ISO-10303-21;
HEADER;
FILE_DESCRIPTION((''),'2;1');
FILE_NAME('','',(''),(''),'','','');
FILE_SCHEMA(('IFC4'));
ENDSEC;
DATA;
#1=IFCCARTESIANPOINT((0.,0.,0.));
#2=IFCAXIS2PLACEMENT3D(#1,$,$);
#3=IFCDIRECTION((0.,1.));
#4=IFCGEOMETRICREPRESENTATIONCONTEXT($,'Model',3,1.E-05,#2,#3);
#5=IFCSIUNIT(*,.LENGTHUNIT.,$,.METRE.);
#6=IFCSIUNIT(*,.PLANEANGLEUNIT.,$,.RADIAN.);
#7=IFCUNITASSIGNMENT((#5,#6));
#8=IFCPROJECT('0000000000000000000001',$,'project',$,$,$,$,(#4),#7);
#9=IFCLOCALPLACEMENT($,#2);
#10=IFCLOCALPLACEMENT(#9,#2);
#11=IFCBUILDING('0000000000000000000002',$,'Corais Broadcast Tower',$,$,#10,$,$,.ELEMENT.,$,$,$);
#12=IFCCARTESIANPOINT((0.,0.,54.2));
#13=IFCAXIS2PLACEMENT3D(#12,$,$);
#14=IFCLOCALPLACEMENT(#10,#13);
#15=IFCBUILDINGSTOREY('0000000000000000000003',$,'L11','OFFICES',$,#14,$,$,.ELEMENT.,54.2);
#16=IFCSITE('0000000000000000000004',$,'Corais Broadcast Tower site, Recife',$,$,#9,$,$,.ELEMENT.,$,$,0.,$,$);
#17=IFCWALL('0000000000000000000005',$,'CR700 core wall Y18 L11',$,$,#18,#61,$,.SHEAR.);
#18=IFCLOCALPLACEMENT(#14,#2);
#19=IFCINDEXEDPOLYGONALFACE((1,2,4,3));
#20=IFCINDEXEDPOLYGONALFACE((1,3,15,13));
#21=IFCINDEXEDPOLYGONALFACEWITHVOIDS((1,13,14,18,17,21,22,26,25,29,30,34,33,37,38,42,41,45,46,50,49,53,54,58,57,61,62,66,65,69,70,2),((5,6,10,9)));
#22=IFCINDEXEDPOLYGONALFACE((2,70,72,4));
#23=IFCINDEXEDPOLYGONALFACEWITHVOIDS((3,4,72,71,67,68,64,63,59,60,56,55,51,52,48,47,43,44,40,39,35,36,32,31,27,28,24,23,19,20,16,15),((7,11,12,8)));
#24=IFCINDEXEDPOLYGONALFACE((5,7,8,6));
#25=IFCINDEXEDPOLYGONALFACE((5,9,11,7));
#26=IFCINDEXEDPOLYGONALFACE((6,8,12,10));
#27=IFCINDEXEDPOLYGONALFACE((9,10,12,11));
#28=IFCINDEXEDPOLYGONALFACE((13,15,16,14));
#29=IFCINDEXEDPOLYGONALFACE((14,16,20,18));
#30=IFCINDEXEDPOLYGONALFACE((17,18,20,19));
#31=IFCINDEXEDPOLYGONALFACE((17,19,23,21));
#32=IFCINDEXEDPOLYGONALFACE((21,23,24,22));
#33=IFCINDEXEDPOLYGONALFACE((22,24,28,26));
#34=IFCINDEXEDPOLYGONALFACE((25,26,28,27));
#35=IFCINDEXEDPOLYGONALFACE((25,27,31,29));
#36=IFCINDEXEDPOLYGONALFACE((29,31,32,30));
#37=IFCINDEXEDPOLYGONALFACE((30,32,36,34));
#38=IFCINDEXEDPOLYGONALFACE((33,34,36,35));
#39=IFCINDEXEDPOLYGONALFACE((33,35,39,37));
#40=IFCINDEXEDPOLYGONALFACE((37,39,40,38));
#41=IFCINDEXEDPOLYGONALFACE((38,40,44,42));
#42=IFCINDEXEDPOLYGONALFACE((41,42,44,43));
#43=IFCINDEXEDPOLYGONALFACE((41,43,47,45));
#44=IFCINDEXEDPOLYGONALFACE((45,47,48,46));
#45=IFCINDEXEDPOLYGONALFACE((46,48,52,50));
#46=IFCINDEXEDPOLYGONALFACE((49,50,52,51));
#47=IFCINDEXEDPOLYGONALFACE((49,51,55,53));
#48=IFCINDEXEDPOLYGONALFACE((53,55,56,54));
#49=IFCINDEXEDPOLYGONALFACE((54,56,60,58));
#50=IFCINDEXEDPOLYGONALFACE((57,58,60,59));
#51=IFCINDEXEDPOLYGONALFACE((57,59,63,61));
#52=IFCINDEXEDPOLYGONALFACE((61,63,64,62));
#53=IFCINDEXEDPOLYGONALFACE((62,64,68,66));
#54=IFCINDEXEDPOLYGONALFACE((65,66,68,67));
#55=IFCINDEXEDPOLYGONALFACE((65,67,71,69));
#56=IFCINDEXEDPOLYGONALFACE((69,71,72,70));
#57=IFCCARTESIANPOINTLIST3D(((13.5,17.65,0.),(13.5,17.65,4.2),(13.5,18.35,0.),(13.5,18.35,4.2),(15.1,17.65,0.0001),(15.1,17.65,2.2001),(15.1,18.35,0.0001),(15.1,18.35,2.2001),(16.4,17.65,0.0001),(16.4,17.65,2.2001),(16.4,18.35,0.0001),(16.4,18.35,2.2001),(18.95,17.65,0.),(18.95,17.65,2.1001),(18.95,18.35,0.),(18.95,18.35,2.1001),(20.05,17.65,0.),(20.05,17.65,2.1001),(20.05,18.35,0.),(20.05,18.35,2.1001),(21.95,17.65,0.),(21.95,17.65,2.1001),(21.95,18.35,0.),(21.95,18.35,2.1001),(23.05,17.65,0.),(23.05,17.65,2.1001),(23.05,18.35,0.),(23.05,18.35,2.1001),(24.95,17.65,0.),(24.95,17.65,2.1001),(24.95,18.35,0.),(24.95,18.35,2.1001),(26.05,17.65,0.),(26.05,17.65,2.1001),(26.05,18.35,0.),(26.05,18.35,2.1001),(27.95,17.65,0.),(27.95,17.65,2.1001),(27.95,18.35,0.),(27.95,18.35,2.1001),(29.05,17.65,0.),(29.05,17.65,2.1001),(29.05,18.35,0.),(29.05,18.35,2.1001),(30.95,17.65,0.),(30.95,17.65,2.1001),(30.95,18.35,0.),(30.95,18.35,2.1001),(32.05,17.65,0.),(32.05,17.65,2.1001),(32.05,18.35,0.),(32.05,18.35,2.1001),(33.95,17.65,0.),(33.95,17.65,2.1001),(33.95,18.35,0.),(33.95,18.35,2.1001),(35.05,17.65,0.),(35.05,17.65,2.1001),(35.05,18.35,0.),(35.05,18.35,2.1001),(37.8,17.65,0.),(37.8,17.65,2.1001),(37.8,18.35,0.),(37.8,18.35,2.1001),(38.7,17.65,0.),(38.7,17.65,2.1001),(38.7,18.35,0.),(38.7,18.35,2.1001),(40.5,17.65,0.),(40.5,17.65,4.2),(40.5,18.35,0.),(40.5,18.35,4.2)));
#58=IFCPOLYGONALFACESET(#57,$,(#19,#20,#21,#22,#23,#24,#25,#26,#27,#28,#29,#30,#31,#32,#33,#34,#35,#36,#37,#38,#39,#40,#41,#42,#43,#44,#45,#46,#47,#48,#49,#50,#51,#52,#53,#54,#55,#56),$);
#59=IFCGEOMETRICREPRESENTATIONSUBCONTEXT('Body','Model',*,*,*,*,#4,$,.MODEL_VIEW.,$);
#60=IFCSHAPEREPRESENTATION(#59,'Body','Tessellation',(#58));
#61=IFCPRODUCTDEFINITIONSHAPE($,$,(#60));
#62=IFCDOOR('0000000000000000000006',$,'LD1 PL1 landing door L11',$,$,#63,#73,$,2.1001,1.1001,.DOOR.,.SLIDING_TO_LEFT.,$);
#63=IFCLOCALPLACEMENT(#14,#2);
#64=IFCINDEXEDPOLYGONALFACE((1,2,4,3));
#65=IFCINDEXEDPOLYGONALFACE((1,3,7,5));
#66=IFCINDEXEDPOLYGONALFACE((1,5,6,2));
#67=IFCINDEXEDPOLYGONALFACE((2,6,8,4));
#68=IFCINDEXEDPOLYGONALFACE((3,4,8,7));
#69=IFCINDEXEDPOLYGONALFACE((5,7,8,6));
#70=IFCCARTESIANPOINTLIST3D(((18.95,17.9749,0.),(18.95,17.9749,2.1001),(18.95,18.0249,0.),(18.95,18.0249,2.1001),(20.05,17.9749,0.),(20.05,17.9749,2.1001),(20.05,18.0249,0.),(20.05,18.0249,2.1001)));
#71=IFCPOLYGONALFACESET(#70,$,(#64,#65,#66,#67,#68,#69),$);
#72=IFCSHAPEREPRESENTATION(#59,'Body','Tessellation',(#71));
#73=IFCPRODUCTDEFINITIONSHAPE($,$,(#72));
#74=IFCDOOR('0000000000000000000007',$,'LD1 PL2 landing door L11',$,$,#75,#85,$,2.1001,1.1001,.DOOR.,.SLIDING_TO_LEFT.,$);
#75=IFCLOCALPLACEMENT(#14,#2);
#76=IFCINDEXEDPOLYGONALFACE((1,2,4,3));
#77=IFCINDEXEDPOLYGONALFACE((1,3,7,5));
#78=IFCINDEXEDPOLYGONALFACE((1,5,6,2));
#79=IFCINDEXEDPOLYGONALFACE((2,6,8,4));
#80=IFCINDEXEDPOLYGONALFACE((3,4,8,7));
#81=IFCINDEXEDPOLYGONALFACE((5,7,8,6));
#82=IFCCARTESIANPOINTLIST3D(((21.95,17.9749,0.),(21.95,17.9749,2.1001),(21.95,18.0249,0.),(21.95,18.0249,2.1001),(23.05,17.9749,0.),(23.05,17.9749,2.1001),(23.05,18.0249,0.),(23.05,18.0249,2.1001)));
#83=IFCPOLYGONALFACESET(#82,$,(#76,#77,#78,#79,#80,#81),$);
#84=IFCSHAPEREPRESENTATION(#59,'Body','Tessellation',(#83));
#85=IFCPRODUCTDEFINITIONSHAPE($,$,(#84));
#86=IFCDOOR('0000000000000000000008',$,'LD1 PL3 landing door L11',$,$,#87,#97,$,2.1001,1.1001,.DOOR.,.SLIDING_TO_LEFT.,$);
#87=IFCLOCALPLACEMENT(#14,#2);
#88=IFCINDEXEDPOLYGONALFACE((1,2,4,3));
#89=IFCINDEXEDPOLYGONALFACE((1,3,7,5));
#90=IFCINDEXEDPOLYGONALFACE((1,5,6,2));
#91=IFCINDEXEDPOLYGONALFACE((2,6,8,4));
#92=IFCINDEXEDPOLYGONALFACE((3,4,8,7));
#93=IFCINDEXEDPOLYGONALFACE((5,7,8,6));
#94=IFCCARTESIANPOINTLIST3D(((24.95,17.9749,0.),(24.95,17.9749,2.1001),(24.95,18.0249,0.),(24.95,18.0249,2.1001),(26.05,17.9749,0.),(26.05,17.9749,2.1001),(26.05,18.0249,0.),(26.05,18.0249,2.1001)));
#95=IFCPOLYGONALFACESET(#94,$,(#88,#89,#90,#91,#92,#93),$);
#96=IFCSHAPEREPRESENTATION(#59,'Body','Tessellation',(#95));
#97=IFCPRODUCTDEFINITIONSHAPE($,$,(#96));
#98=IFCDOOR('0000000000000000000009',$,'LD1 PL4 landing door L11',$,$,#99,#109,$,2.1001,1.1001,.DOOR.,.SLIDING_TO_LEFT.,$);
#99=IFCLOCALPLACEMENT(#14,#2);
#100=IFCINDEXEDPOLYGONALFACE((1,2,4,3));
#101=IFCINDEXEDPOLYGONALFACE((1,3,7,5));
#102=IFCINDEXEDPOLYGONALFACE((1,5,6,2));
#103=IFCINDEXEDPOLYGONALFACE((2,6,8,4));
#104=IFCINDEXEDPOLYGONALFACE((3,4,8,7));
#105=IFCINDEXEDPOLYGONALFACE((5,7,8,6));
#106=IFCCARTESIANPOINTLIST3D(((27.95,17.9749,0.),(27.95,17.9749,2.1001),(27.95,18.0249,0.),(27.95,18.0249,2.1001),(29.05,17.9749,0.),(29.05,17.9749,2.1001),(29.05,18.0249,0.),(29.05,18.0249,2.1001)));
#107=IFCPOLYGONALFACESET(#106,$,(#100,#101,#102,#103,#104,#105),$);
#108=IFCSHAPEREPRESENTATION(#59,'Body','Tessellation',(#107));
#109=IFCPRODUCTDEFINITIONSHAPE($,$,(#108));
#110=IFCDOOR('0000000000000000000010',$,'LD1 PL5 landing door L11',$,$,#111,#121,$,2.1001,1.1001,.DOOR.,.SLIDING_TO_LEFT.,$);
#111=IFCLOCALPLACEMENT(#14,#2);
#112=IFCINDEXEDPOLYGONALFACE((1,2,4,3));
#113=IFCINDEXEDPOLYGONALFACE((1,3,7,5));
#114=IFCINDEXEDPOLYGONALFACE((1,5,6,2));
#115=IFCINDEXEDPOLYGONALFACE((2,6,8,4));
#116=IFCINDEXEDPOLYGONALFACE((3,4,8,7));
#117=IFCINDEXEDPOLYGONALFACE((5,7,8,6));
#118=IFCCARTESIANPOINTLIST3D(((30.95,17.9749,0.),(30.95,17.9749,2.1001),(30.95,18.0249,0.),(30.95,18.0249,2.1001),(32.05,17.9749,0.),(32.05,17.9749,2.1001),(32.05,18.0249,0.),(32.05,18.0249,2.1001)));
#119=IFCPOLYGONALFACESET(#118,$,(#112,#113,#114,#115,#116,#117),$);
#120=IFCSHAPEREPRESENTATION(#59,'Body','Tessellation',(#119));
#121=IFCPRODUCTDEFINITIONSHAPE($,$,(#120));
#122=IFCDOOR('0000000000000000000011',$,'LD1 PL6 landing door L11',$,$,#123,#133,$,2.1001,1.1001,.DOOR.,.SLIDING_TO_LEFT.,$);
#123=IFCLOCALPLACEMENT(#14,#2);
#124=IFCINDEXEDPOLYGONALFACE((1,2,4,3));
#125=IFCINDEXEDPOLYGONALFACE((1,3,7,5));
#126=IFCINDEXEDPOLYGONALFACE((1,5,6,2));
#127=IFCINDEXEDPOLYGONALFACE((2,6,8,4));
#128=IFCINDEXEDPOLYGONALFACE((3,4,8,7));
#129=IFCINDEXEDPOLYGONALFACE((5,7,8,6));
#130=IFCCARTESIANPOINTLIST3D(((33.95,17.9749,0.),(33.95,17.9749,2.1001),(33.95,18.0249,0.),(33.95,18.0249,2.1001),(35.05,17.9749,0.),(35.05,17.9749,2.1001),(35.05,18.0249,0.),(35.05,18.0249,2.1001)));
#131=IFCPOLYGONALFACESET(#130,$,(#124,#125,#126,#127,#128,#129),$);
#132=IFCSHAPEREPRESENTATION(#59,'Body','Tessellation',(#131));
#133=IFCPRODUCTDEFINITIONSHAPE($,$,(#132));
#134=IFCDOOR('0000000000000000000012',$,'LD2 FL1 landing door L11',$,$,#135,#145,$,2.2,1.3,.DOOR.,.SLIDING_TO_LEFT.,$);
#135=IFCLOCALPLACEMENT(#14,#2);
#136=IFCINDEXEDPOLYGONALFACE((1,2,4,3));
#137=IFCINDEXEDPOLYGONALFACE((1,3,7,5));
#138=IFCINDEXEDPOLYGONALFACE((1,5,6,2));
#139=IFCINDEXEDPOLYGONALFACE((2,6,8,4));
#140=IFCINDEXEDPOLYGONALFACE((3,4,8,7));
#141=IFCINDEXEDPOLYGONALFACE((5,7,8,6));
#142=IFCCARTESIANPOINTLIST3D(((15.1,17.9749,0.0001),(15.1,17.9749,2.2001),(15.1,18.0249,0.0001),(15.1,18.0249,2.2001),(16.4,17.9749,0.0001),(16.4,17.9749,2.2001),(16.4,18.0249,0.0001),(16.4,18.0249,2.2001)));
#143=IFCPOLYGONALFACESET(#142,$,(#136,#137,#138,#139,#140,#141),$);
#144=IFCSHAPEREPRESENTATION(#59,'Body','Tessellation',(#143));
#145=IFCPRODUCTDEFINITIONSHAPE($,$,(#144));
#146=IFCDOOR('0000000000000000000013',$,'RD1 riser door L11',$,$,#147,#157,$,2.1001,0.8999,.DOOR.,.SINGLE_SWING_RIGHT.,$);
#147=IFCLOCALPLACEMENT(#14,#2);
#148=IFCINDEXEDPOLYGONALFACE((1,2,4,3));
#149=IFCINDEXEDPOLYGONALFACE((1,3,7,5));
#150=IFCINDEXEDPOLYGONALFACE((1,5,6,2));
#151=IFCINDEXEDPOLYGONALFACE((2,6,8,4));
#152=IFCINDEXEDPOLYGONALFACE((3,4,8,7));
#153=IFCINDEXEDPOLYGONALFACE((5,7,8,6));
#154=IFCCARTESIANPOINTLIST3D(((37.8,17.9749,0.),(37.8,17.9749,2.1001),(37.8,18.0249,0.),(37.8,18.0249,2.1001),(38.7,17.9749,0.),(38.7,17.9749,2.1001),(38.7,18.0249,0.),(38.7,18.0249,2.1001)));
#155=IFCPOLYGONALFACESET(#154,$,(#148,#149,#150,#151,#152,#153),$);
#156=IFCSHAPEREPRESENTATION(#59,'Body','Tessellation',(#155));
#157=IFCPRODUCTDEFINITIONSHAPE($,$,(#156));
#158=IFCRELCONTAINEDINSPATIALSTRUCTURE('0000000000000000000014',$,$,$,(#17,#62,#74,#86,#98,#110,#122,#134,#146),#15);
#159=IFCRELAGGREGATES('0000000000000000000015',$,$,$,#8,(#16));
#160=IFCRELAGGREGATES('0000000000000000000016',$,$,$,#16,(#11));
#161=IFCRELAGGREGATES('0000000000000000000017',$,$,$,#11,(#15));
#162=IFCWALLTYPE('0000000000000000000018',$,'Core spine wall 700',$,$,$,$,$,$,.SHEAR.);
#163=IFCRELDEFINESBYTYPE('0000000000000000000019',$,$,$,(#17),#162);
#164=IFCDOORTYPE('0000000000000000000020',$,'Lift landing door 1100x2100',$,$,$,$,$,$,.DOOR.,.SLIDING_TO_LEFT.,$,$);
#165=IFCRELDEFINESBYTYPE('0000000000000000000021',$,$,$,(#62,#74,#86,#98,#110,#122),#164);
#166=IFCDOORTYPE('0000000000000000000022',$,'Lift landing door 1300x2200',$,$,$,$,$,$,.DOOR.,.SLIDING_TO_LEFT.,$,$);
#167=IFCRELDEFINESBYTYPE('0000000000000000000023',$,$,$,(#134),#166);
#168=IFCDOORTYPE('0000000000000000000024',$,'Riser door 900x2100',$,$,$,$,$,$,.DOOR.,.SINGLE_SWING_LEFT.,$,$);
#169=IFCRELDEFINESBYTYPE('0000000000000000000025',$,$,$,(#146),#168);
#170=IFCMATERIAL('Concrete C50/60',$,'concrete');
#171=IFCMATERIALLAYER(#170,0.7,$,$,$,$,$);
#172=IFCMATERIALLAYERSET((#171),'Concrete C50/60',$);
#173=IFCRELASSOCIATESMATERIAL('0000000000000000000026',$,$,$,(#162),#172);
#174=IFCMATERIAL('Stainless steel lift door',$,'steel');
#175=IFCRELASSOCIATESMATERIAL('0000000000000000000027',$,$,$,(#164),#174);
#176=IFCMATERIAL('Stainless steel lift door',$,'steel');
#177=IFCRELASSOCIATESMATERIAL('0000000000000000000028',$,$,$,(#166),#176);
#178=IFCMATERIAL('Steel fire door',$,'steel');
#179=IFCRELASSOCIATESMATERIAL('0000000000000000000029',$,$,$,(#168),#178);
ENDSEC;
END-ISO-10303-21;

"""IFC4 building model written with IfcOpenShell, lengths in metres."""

from ifc_helpers import new_model, si_unit, direction, frame, frame_2d, origin, place, context, subcontext, project, spatial, rectangle, extrude, material, layer, layer_set, type_object, element, fill, save


model = new_model("IFC4")

# Units and contexts
model_context = context("Model", 3, precision=1e-05, world=origin(), true_north=direction((0.0, 1.0)))
body_context = subcontext(model_context, "Body", "Model", "MODEL_VIEW")
ifc_project = project(units=[si_unit("LENGTHUNIT", "METRE"), si_unit("PLANEANGLEUNIT", "RADIAN")], contexts=[model_context])

# Site, building, storey
site_placement = place(None, origin())
site = spatial("IfcSite", under=ifc_project, at=site_placement, Name="Corais Broadcast Tower site, Recife", CompositionType="ELEMENT", RefElevation=0.0)
building_placement = place(site_placement, origin())
building = spatial("IfcBuilding", under=site, at=building_placement, Name="Corais Broadcast Tower", CompositionType="ELEMENT")
storey_placement = place(building_placement, frame((0.0, 0.0, 54.2)))
storey = spatial("IfcBuildingStorey", under=building, at=storey_placement, Name="L11", Description="OFFICES", CompositionType="ELEMENT", Elevation=54.2)

# Shared definitions
ifc_material_1 = material(Name="Concrete C50/60", Category="concrete")
ifc_layer_1 = layer(ifc_material_1, 0.7)
ifc_layer_set_1 = layer_set([ifc_layer_1], Name="Concrete C50/60")
wall_type_1 = type_object("IfcWallType", Name="Core spine wall 700", PredefinedType="SHEAR", material=ifc_layer_set_1)

# Wall, openings, doors
wall_1_placement = place(storey_placement, frame((13.5, 18.0, 0.0), z_axis=(0.0, 0.0, 1.0), x_axis=(1.0, 0.0, 0.0)))
wall_1 = element("IfcWall", 1, at=wall_1_placement, inside=storey, type_object=wall_type_1, Name="CR700 core wall Y18 L11", PredefinedType="SHEAR", context=body_context, shape_type="SweptSolid", body=[
    extrude(rectangle(XDim=27.0, YDim=0.7, at=frame_2d((13.5, 0.0))), origin(), (0.0, 0.0, 1.0), 4.2),
])
opening_1_placement = place(wall_1_placement, frame((24.3, 0.0, 0.0)))
opening_1 = element("IfcOpeningElement", 2, at=opening_1_placement, cuts=wall_1, PredefinedType="OPENING", context=body_context, shape_type="SweptSolid", body=[
    extrude(rectangle(XDim=0.8999, YDim=2.1001, at=frame_2d((0.45, 1.05))), frame((0.0, 0.3599, 0.0), z_axis=(0.0, -1.0, 0.0), x_axis=(1.0, 0.0, 0.0)), (0.0, 0.0, 1.0), 0.72),
])
opening_2_placement = place(wall_1_placement, frame((5.45, 0.0, 0.0)))
opening_2 = element("IfcOpeningElement", 3, at=opening_2_placement, cuts=wall_1, PredefinedType="OPENING", context=body_context, shape_type="SweptSolid", body=[
    extrude(rectangle(XDim=1.1001, YDim=2.1001, at=frame_2d((0.55, 1.05))), frame((0.0, 0.3599, 0.0), z_axis=(0.0, -1.0, 0.0), x_axis=(1.0, 0.0, 0.0)), (0.0, 0.0, 1.0), 0.72),
])
opening_3_placement = place(wall_1_placement, frame((8.45, 0.0, 0.0)))
opening_3 = element("IfcOpeningElement", 4, at=opening_3_placement, cuts=wall_1, PredefinedType="OPENING", context=body_context, shape_type="SweptSolid", body=[
    extrude(rectangle(XDim=1.1001, YDim=2.1001, at=frame_2d((0.55, 1.05))), frame((0.0, 0.3599, 0.0), z_axis=(0.0, -1.0, 0.0), x_axis=(1.0, 0.0, 0.0)), (0.0, 0.0, 1.0), 0.72),
])
opening_4_placement = place(wall_1_placement, frame((11.45, 0.0, 0.0)))
opening_4 = element("IfcOpeningElement", 5, at=opening_4_placement, cuts=wall_1, PredefinedType="OPENING", context=body_context, shape_type="SweptSolid", body=[
    extrude(rectangle(XDim=1.1001, YDim=2.1001, at=frame_2d((0.55, 1.05))), frame((0.0, 0.3599, 0.0), z_axis=(0.0, -1.0, 0.0), x_axis=(1.0, 0.0, 0.0)), (0.0, 0.0, 1.0), 0.72),
])
opening_5_placement = place(wall_1_placement, frame((14.45, 0.0, 0.0)))
opening_5 = element("IfcOpeningElement", 6, at=opening_5_placement, cuts=wall_1, PredefinedType="OPENING", context=body_context, shape_type="SweptSolid", body=[
    extrude(rectangle(XDim=1.1001, YDim=2.1001, at=frame_2d((0.55, 1.05))), frame((0.0, 0.3599, 0.0), z_axis=(0.0, -1.0, 0.0), x_axis=(1.0, 0.0, 0.0)), (0.0, 0.0, 1.0), 0.72),
])
opening_6_placement = place(wall_1_placement, frame((17.45, 0.0, 0.0)))
opening_6 = element("IfcOpeningElement", 7, at=opening_6_placement, cuts=wall_1, PredefinedType="OPENING", context=body_context, shape_type="SweptSolid", body=[
    extrude(rectangle(XDim=1.1001, YDim=2.1001, at=frame_2d((0.55, 1.05))), frame((0.0, 0.3599, 0.0), z_axis=(0.0, -1.0, 0.0), x_axis=(1.0, 0.0, 0.0)), (0.0, 0.0, 1.0), 0.72),
])
opening_7_placement = place(wall_1_placement, frame((20.45, 0.0, 0.0)))
opening_7 = element("IfcOpeningElement", 8, at=opening_7_placement, cuts=wall_1, PredefinedType="OPENING", context=body_context, shape_type="SweptSolid", body=[
    extrude(rectangle(XDim=1.1001, YDim=2.1001, at=frame_2d((0.55, 1.05))), frame((0.0, 0.3599, 0.0), z_axis=(0.0, -1.0, 0.0), x_axis=(1.0, 0.0, 0.0)), (0.0, 0.0, 1.0), 0.72),
])
opening_8_placement = place(wall_1_placement, frame((1.6001, 0.0, 0.0)))
opening_8 = element("IfcOpeningElement", 9, at=opening_8_placement, cuts=wall_1, PredefinedType="OPENING", context=body_context, shape_type="SweptSolid", body=[
    extrude(rectangle(XDim=1.3, YDim=2.2, at=frame_2d((0.6499, 1.1001))), frame((0.0, 0.3599, 0.0), z_axis=(0.0, -1.0, 0.0), x_axis=(1.0, 0.0, 0.0)), (0.0, 0.0, 1.0), 0.72),
])
ifc_material_2 = material(Name="Stainless steel lift door", Category="steel")
door_type_1 = type_object("IfcDoorType", Name="Lift landing door 1100x2100", OperationType="SLIDING_TO_LEFT", PredefinedType="DOOR", material=ifc_material_2)
door_1_placement = place(opening_2_placement, origin())
door_1 = element("IfcDoor", 10, at=door_1_placement, inside=storey, type_object=door_type_1, Name="LD1 PL1 landing door L11", OperationType="SLIDING_TO_LEFT", OverallHeight=2.1001, OverallWidth=1.1001, PredefinedType="DOOR", context=body_context, shape_type="SweptSolid", body=[
    extrude(rectangle(XDim=1.1001, YDim=2.1001, at=frame_2d((0.55, 1.05))), frame((0.0, 0.0249, 0.0), z_axis=(0.0, -1.0, 0.0), x_axis=(1.0, 0.0, 0.0)), (0.0, 0.0, 1.0), 0.05),
])
fill(opening_2, door_1)
door_2_placement = place(opening_3_placement, origin())
door_2 = element("IfcDoor", 11, at=door_2_placement, inside=storey, type_object=door_type_1, Name="LD1 PL2 landing door L11", OperationType="SLIDING_TO_LEFT", OverallHeight=2.1001, OverallWidth=1.1001, PredefinedType="DOOR", context=body_context, shape_type="SweptSolid", body=[
    extrude(rectangle(XDim=1.1001, YDim=2.1001, at=frame_2d((0.55, 1.05))), frame((0.0, 0.0249, 0.0), z_axis=(0.0, -1.0, 0.0), x_axis=(1.0, 0.0, 0.0)), (0.0, 0.0, 1.0), 0.05),
])
fill(opening_3, door_2)
door_3_placement = place(opening_4_placement, origin())
door_3 = element("IfcDoor", 12, at=door_3_placement, inside=storey, type_object=door_type_1, Name="LD1 PL3 landing door L11", OperationType="SLIDING_TO_LEFT", OverallHeight=2.1001, OverallWidth=1.1001, PredefinedType="DOOR", context=body_context, shape_type="SweptSolid", body=[
    extrude(rectangle(XDim=1.1001, YDim=2.1001, at=frame_2d((0.55, 1.05))), frame((0.0, 0.0249, 0.0), z_axis=(0.0, -1.0, 0.0), x_axis=(1.0, 0.0, 0.0)), (0.0, 0.0, 1.0), 0.05),
])
fill(opening_4, door_3)
door_4_placement = place(opening_5_placement, origin())
door_4 = element("IfcDoor", 13, at=door_4_placement, inside=storey, type_object=door_type_1, Name="LD1 PL4 landing door L11", OperationType="SLIDING_TO_LEFT", OverallHeight=2.1001, OverallWidth=1.1001, PredefinedType="DOOR", context=body_context, shape_type="SweptSolid", body=[
    extrude(rectangle(XDim=1.1001, YDim=2.1001, at=frame_2d((0.55, 1.05))), frame((0.0, 0.0249, 0.0), z_axis=(0.0, -1.0, 0.0), x_axis=(1.0, 0.0, 0.0)), (0.0, 0.0, 1.0), 0.05),
])
fill(opening_5, door_4)
door_5_placement = place(opening_6_placement, origin())
door_5 = element("IfcDoor", 14, at=door_5_placement, inside=storey, type_object=door_type_1, Name="LD1 PL5 landing door L11", OperationType="SLIDING_TO_LEFT", OverallHeight=2.1001, OverallWidth=1.1001, PredefinedType="DOOR", context=body_context, shape_type="SweptSolid", body=[
    extrude(rectangle(XDim=1.1001, YDim=2.1001, at=frame_2d((0.55, 1.05))), frame((0.0, 0.0249, 0.0), z_axis=(0.0, -1.0, 0.0), x_axis=(1.0, 0.0, 0.0)), (0.0, 0.0, 1.0), 0.05),
])
fill(opening_6, door_5)
door_6_placement = place(opening_7_placement, origin())
door_6 = element("IfcDoor", 15, at=door_6_placement, inside=storey, type_object=door_type_1, Name="LD1 PL6 landing door L11", OperationType="SLIDING_TO_LEFT", OverallHeight=2.1001, OverallWidth=1.1001, PredefinedType="DOOR", context=body_context, shape_type="SweptSolid", body=[
    extrude(rectangle(XDim=1.1001, YDim=2.1001, at=frame_2d((0.55, 1.05))), frame((0.0, 0.0249, 0.0), z_axis=(0.0, -1.0, 0.0), x_axis=(1.0, 0.0, 0.0)), (0.0, 0.0, 1.0), 0.05),
])
fill(opening_7, door_6)
ifc_material_3 = material(Name="Stainless steel lift door", Category="steel")
door_type_2 = type_object("IfcDoorType", Name="Lift landing door 1300x2200", OperationType="SLIDING_TO_LEFT", PredefinedType="DOOR", material=ifc_material_3)
door_7_placement = place(opening_8_placement, origin())
door_7 = element("IfcDoor", 16, at=door_7_placement, inside=storey, type_object=door_type_2, Name="LD2 FL1 landing door L11", OperationType="SLIDING_TO_LEFT", OverallHeight=2.2, OverallWidth=1.3, PredefinedType="DOOR", context=body_context, shape_type="SweptSolid", body=[
    extrude(rectangle(XDim=1.3, YDim=2.2, at=frame_2d((0.6499, 1.1001))), frame((0.0, 0.0249, 0.0), z_axis=(0.0, -1.0, 0.0), x_axis=(1.0, 0.0, 0.0)), (0.0, 0.0, 1.0), 0.05),
])
fill(opening_8, door_7)
ifc_material_4 = material(Name="Steel fire door", Category="steel")
door_type_3 = type_object("IfcDoorType", Name="Riser door 900x2100", OperationType="SINGLE_SWING_LEFT", PredefinedType="DOOR", material=ifc_material_4)
door_8_placement = place(opening_1_placement, origin())
door_8 = element("IfcDoor", 17, at=door_8_placement, inside=storey, type_object=door_type_3, Name="RD1 riser door L11", OperationType="SINGLE_SWING_RIGHT", OverallHeight=2.1001, OverallWidth=0.8999, PredefinedType="DOOR", context=body_context, shape_type="SweptSolid", body=[
    extrude(rectangle(XDim=0.8999, YDim=2.1001, at=frame_2d((0.45, 1.05))), frame((0.0, 0.0249, 0.0), z_axis=(0.0, -1.0, 0.0), x_axis=(1.0, 0.0, 0.0)), (0.0, 0.0, 1.0), 0.05),
])
fill(opening_1, door_8)

save(model, "model.ifc")
